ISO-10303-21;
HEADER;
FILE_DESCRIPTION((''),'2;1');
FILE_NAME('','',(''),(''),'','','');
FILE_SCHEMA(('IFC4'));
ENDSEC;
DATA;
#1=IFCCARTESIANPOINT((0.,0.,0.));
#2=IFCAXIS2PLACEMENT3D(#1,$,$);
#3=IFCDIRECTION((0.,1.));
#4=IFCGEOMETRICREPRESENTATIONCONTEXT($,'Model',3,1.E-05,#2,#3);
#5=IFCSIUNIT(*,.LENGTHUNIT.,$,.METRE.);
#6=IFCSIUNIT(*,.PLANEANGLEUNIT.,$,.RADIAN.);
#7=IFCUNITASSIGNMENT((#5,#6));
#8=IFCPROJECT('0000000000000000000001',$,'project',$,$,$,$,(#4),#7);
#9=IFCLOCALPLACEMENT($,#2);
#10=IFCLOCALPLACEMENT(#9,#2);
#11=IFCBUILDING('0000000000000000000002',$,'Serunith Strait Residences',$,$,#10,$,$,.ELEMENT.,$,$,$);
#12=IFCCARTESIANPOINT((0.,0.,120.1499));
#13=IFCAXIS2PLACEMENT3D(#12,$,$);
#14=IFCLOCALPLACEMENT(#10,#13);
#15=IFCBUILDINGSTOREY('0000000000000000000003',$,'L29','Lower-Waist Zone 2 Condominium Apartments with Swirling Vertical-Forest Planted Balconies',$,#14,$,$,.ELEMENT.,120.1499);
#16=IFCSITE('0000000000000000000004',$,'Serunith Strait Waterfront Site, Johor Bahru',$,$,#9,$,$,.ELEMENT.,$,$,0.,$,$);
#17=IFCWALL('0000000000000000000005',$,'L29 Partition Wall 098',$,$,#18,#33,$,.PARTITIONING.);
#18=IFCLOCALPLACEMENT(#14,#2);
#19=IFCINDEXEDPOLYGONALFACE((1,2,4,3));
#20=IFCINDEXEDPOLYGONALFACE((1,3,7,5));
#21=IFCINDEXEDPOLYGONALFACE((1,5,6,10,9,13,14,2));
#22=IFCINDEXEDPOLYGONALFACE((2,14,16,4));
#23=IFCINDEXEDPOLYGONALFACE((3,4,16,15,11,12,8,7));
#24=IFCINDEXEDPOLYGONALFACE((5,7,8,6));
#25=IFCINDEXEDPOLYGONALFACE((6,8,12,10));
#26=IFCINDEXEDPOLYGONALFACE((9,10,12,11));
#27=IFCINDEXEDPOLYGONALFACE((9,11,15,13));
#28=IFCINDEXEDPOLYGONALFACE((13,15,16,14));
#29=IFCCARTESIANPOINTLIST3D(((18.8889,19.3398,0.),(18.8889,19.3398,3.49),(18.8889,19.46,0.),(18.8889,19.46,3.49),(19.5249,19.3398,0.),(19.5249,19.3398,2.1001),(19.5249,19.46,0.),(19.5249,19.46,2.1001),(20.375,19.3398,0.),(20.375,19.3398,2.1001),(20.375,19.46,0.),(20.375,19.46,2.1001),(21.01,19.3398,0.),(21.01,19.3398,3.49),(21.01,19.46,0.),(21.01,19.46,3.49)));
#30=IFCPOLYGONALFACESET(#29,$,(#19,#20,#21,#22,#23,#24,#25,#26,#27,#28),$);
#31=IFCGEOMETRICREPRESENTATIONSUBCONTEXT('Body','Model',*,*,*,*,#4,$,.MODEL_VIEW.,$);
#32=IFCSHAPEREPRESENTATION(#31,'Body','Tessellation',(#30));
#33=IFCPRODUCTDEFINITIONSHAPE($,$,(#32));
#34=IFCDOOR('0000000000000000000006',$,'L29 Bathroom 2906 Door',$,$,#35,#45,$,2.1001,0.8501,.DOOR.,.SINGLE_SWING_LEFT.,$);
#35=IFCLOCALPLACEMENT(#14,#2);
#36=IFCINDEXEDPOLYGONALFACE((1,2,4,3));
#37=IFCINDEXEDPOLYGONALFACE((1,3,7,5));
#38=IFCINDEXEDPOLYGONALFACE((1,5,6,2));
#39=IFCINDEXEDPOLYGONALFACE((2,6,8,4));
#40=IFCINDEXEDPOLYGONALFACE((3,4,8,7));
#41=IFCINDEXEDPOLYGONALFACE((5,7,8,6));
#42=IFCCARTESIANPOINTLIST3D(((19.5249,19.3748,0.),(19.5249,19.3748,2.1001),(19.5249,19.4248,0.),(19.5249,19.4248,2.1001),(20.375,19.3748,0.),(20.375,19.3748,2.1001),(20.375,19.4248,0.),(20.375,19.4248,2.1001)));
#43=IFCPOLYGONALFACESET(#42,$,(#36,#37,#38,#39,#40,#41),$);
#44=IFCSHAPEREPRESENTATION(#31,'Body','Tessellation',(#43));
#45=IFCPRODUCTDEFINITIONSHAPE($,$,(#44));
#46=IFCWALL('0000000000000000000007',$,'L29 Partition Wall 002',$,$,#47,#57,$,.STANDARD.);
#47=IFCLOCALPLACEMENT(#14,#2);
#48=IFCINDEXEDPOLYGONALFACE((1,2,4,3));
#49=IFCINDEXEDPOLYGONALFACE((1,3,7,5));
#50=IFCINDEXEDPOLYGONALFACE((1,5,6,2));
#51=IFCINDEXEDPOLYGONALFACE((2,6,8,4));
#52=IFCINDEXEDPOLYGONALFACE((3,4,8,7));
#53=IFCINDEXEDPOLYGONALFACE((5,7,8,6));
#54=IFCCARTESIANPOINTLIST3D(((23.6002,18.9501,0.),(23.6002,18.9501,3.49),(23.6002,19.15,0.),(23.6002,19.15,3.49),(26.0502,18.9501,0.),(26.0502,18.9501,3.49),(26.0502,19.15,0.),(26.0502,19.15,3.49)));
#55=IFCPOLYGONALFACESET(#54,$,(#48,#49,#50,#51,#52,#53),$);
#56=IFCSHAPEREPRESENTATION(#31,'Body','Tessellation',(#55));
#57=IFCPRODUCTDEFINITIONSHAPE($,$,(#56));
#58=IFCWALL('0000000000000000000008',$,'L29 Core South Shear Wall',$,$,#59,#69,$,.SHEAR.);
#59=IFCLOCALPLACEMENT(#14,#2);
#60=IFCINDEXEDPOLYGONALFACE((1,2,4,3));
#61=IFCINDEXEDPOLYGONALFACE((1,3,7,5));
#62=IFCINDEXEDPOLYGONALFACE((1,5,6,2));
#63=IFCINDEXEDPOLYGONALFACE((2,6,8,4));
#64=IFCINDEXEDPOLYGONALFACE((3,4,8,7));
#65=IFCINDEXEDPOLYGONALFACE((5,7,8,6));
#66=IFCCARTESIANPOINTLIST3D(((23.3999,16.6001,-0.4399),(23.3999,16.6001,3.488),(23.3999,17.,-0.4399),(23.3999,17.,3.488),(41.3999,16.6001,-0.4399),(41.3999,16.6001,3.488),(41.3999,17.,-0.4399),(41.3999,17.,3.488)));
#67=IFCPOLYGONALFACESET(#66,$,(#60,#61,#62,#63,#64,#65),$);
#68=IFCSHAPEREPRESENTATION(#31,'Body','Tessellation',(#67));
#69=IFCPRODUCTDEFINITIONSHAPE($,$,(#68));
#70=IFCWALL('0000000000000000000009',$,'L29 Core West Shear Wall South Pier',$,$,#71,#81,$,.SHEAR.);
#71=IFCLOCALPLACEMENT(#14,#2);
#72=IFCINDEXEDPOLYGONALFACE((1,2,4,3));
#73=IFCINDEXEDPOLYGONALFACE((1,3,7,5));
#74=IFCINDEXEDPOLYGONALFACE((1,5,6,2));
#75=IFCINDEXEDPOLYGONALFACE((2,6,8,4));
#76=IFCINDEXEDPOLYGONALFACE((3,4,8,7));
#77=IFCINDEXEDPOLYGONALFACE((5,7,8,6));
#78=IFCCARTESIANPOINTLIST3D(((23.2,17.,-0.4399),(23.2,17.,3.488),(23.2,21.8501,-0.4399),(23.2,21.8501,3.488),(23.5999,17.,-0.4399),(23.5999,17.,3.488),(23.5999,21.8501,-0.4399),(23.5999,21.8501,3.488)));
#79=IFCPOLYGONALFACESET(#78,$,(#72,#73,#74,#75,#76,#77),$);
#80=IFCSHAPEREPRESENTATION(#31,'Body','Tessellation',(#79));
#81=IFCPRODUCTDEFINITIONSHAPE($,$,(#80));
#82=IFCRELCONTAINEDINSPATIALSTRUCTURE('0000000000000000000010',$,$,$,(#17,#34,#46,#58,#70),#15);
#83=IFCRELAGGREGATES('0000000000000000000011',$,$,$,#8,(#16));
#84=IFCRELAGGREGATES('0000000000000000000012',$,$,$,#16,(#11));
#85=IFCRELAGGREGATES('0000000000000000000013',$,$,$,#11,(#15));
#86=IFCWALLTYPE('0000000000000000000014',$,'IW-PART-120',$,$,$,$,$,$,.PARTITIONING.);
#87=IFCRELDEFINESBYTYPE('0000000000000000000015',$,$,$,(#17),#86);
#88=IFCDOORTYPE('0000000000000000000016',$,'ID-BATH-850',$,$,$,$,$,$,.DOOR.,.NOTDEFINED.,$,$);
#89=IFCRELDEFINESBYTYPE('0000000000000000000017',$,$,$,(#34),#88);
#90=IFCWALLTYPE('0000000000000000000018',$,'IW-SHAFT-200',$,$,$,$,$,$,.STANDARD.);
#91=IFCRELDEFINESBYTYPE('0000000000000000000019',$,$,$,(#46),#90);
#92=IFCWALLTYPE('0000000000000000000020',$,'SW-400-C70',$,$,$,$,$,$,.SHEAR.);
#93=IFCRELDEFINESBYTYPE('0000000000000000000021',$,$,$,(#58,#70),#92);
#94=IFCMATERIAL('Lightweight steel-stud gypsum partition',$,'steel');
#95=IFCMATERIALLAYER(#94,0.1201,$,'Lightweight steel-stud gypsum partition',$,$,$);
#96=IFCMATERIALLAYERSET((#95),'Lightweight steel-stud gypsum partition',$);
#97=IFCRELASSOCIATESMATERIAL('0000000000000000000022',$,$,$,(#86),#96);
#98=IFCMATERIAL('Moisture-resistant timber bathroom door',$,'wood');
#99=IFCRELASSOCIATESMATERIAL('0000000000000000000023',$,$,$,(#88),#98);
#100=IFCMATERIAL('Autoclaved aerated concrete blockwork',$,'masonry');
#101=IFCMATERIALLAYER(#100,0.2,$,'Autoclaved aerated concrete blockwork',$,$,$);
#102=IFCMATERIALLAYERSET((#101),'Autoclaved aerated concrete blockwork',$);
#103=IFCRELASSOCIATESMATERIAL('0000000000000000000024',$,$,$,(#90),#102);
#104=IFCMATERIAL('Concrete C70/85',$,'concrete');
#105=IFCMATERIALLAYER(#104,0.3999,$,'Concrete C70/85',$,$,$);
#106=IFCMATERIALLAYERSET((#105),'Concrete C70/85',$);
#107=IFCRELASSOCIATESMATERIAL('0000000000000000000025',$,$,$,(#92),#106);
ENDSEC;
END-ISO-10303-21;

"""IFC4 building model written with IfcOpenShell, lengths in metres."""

from ifc_helpers import new_model, si_unit, direction, frame, frame_2d, origin, place, context, subcontext, project, spatial, rectangle, extrude, source, transform, mapped, material, layer, layer_set, type_object, element, fill, save


model = new_model("IFC4")

# Units and contexts
model_context = context("Model", 3, precision=1e-05, world=origin(), true_north=direction((0.0, 1.0)))
body_context = subcontext(model_context, "Body", "Model", "MODEL_VIEW")
ifc_project = project(units=[si_unit("LENGTHUNIT", "METRE"), si_unit("PLANEANGLEUNIT", "RADIAN")], contexts=[model_context])

# Site, building, storey
site_placement = place(None, origin())
site = spatial("IfcSite", under=ifc_project, at=site_placement, Name="Serunith Strait Waterfront Site, Johor Bahru", CompositionType="ELEMENT", RefElevation=0.0)
building_placement = place(site_placement, origin())
building = spatial("IfcBuilding", under=site, at=building_placement, Name="Serunith Strait Residences", CompositionType="ELEMENT")
storey_placement = place(building_placement, frame((0.0, 0.0, 120.1499)))
storey = spatial("IfcBuildingStorey", under=building, at=storey_placement, Name="L29", Description="Lower-Waist Zone 2 Condominium Apartments with Swirling Vertical-Forest Planted Balconies", CompositionType="ELEMENT", Elevation=120.1499)

# Shared definitions
ifc_material_1 = material(Name="Lightweight steel-stud gypsum partition", Category="steel")
ifc_layer_1 = layer(ifc_material_1, 0.1201, Name="Lightweight steel-stud gypsum partition")
ifc_layer_set_1 = layer_set([ifc_layer_1], Name="Lightweight steel-stud gypsum partition")
wall_type_1 = type_object("IfcWallType", Name="IW-PART-120", PredefinedType="PARTITIONING", material=ifc_layer_set_1)

# Wall, opening, door
wall_1_placement = place(storey_placement, frame((18.8889, 19.3999, 0.0), z_axis=(0.0, 0.0, 1.0), x_axis=(1.0, 0.0, 0.0)))
wall_1 = element("IfcWall", 1, at=wall_1_placement, inside=storey, type_object=wall_type_1, Name="L29 Partition Wall 098", PredefinedType="PARTITIONING", context=body_context, shape_type="SweptSolid", body=[
    extrude(rectangle(XDim=2.1211, YDim=0.1201, at=frame_2d((1.0605, 0.0))), origin(), (0.0, 0.0, 1.0), 3.49),
])
opening_1_placement = place(wall_1_placement, frame((0.636, 0.0, 0.0)))
opening_1 = element("IfcOpeningElement", 2, at=opening_1_placement, cuts=wall_1, PredefinedType="OPENING", context=body_context, shape_type="SweptSolid", body=[
    extrude(rectangle(XDim=0.8501, YDim=2.1001, at=frame_2d((0.425, 1.05))), frame((0.0, 0.0701, 0.0), z_axis=(0.0, -1.0, 0.0), x_axis=(1.0, 0.0, 0.0)), (0.0, 0.0, 1.0), 0.1401),
])
ifc_material_2 = material(Name="Moisture-resistant timber bathroom door", Category="wood")
door_type_1 = type_object("IfcDoorType", Name="ID-BATH-850", OperationType="NOTDEFINED", PredefinedType="DOOR", material=ifc_material_2)
shared_shape_1 = source(origin(), body_context, "Body", "SweptSolid", [
    extrude(rectangle(XDim=0.8501, YDim=2.1001, at=frame_2d((0.425, 1.05))), frame((0.0, 0.0249, 0.0), z_axis=(0.0, -1.0, 0.0), x_axis=(1.0, 0.0, 0.0)), (0.0, 0.0, 1.0), 0.05),
])
door_1_placement = place(opening_1_placement, origin())
door_1 = element("IfcDoor", 3, at=door_1_placement, inside=storey, type_object=door_type_1, Name="L29 Bathroom 2906 Door", OperationType="SINGLE_SWING_LEFT", OverallHeight=2.1001, OverallWidth=0.8501, PredefinedType="DOOR", context=body_context, shape_type="MappedRepresentation", body=[
    mapped(shared_shape_1, transform((0.0, 0.0, 0.0), scale=1.0)),
])
fill(opening_1, door_1)

# Wall
ifc_material_3 = material(Name="Autoclaved aerated concrete blockwork", Category="masonry")
ifc_layer_2 = layer(ifc_material_3, 0.2, Name="Autoclaved aerated concrete blockwork")
ifc_layer_set_2 = layer_set([ifc_layer_2], Name="Autoclaved aerated concrete blockwork")
wall_type_2 = type_object("IfcWallType", Name="IW-SHAFT-200", PredefinedType="STANDARD", material=ifc_layer_set_2)
wall_2_placement = place(storey_placement, frame((23.6001, 19.05, 0.0), z_axis=(0.0, 0.0, 1.0), x_axis=(1.0, 0.0, 0.0)))
element("IfcWall", 4, at=wall_2_placement, inside=storey, type_object=wall_type_2, Name="L29 Partition Wall 002", PredefinedType="STANDARD", context=body_context, shape_type="SweptSolid", body=[
    extrude(rectangle(XDim=2.45, YDim=0.2, at=frame_2d((1.2251, 0.0))), origin(), (0.0, 0.0, 1.0), 3.49),
])

# Walls
ifc_material_4 = material(Name="Concrete C70/85", Category="concrete")
ifc_layer_3 = layer(ifc_material_4, 0.3999, Name="Concrete C70/85")
ifc_layer_set_3 = layer_set([ifc_layer_3], Name="Concrete C70/85")
wall_type_3 = type_object("IfcWallType", Name="SW-400-C70", PredefinedType="SHEAR", material=ifc_layer_set_3)
wall_3_placement = place(storey_placement, frame((23.3999, 16.8, -0.4399), z_axis=(0.0, 0.0, 1.0), x_axis=(1.0, 0.0, 0.0)))
element("IfcWall", 5, at=wall_3_placement, inside=storey, type_object=wall_type_3, Name="L29 Core South Shear Wall", PredefinedType="SHEAR", context=body_context, shape_type="SweptSolid", body=[
    extrude(rectangle(XDim=18.0, YDim=0.3999, at=frame_2d((9.0, 0.0))), origin(), (0.0, 0.0, 1.0), 3.928),
])
wall_4_placement = place(storey_placement, frame((23.3999, 17.0, -0.4399), z_axis=(0.0, 0.0, 1.0), x_axis=(0.0, 1.0, 0.0)))
element("IfcWall", 6, at=wall_4_placement, inside=storey, type_object=wall_type_3, Name="L29 Core West Shear Wall South Pier", PredefinedType="SHEAR", context=body_context, shape_type="SweptSolid", body=[
    extrude(rectangle(XDim=4.8501, YDim=0.3999, at=frame_2d((2.425, 0.0))), origin(), (0.0, 0.0, 1.0), 3.928),
])

save(model, "model.ifc")
